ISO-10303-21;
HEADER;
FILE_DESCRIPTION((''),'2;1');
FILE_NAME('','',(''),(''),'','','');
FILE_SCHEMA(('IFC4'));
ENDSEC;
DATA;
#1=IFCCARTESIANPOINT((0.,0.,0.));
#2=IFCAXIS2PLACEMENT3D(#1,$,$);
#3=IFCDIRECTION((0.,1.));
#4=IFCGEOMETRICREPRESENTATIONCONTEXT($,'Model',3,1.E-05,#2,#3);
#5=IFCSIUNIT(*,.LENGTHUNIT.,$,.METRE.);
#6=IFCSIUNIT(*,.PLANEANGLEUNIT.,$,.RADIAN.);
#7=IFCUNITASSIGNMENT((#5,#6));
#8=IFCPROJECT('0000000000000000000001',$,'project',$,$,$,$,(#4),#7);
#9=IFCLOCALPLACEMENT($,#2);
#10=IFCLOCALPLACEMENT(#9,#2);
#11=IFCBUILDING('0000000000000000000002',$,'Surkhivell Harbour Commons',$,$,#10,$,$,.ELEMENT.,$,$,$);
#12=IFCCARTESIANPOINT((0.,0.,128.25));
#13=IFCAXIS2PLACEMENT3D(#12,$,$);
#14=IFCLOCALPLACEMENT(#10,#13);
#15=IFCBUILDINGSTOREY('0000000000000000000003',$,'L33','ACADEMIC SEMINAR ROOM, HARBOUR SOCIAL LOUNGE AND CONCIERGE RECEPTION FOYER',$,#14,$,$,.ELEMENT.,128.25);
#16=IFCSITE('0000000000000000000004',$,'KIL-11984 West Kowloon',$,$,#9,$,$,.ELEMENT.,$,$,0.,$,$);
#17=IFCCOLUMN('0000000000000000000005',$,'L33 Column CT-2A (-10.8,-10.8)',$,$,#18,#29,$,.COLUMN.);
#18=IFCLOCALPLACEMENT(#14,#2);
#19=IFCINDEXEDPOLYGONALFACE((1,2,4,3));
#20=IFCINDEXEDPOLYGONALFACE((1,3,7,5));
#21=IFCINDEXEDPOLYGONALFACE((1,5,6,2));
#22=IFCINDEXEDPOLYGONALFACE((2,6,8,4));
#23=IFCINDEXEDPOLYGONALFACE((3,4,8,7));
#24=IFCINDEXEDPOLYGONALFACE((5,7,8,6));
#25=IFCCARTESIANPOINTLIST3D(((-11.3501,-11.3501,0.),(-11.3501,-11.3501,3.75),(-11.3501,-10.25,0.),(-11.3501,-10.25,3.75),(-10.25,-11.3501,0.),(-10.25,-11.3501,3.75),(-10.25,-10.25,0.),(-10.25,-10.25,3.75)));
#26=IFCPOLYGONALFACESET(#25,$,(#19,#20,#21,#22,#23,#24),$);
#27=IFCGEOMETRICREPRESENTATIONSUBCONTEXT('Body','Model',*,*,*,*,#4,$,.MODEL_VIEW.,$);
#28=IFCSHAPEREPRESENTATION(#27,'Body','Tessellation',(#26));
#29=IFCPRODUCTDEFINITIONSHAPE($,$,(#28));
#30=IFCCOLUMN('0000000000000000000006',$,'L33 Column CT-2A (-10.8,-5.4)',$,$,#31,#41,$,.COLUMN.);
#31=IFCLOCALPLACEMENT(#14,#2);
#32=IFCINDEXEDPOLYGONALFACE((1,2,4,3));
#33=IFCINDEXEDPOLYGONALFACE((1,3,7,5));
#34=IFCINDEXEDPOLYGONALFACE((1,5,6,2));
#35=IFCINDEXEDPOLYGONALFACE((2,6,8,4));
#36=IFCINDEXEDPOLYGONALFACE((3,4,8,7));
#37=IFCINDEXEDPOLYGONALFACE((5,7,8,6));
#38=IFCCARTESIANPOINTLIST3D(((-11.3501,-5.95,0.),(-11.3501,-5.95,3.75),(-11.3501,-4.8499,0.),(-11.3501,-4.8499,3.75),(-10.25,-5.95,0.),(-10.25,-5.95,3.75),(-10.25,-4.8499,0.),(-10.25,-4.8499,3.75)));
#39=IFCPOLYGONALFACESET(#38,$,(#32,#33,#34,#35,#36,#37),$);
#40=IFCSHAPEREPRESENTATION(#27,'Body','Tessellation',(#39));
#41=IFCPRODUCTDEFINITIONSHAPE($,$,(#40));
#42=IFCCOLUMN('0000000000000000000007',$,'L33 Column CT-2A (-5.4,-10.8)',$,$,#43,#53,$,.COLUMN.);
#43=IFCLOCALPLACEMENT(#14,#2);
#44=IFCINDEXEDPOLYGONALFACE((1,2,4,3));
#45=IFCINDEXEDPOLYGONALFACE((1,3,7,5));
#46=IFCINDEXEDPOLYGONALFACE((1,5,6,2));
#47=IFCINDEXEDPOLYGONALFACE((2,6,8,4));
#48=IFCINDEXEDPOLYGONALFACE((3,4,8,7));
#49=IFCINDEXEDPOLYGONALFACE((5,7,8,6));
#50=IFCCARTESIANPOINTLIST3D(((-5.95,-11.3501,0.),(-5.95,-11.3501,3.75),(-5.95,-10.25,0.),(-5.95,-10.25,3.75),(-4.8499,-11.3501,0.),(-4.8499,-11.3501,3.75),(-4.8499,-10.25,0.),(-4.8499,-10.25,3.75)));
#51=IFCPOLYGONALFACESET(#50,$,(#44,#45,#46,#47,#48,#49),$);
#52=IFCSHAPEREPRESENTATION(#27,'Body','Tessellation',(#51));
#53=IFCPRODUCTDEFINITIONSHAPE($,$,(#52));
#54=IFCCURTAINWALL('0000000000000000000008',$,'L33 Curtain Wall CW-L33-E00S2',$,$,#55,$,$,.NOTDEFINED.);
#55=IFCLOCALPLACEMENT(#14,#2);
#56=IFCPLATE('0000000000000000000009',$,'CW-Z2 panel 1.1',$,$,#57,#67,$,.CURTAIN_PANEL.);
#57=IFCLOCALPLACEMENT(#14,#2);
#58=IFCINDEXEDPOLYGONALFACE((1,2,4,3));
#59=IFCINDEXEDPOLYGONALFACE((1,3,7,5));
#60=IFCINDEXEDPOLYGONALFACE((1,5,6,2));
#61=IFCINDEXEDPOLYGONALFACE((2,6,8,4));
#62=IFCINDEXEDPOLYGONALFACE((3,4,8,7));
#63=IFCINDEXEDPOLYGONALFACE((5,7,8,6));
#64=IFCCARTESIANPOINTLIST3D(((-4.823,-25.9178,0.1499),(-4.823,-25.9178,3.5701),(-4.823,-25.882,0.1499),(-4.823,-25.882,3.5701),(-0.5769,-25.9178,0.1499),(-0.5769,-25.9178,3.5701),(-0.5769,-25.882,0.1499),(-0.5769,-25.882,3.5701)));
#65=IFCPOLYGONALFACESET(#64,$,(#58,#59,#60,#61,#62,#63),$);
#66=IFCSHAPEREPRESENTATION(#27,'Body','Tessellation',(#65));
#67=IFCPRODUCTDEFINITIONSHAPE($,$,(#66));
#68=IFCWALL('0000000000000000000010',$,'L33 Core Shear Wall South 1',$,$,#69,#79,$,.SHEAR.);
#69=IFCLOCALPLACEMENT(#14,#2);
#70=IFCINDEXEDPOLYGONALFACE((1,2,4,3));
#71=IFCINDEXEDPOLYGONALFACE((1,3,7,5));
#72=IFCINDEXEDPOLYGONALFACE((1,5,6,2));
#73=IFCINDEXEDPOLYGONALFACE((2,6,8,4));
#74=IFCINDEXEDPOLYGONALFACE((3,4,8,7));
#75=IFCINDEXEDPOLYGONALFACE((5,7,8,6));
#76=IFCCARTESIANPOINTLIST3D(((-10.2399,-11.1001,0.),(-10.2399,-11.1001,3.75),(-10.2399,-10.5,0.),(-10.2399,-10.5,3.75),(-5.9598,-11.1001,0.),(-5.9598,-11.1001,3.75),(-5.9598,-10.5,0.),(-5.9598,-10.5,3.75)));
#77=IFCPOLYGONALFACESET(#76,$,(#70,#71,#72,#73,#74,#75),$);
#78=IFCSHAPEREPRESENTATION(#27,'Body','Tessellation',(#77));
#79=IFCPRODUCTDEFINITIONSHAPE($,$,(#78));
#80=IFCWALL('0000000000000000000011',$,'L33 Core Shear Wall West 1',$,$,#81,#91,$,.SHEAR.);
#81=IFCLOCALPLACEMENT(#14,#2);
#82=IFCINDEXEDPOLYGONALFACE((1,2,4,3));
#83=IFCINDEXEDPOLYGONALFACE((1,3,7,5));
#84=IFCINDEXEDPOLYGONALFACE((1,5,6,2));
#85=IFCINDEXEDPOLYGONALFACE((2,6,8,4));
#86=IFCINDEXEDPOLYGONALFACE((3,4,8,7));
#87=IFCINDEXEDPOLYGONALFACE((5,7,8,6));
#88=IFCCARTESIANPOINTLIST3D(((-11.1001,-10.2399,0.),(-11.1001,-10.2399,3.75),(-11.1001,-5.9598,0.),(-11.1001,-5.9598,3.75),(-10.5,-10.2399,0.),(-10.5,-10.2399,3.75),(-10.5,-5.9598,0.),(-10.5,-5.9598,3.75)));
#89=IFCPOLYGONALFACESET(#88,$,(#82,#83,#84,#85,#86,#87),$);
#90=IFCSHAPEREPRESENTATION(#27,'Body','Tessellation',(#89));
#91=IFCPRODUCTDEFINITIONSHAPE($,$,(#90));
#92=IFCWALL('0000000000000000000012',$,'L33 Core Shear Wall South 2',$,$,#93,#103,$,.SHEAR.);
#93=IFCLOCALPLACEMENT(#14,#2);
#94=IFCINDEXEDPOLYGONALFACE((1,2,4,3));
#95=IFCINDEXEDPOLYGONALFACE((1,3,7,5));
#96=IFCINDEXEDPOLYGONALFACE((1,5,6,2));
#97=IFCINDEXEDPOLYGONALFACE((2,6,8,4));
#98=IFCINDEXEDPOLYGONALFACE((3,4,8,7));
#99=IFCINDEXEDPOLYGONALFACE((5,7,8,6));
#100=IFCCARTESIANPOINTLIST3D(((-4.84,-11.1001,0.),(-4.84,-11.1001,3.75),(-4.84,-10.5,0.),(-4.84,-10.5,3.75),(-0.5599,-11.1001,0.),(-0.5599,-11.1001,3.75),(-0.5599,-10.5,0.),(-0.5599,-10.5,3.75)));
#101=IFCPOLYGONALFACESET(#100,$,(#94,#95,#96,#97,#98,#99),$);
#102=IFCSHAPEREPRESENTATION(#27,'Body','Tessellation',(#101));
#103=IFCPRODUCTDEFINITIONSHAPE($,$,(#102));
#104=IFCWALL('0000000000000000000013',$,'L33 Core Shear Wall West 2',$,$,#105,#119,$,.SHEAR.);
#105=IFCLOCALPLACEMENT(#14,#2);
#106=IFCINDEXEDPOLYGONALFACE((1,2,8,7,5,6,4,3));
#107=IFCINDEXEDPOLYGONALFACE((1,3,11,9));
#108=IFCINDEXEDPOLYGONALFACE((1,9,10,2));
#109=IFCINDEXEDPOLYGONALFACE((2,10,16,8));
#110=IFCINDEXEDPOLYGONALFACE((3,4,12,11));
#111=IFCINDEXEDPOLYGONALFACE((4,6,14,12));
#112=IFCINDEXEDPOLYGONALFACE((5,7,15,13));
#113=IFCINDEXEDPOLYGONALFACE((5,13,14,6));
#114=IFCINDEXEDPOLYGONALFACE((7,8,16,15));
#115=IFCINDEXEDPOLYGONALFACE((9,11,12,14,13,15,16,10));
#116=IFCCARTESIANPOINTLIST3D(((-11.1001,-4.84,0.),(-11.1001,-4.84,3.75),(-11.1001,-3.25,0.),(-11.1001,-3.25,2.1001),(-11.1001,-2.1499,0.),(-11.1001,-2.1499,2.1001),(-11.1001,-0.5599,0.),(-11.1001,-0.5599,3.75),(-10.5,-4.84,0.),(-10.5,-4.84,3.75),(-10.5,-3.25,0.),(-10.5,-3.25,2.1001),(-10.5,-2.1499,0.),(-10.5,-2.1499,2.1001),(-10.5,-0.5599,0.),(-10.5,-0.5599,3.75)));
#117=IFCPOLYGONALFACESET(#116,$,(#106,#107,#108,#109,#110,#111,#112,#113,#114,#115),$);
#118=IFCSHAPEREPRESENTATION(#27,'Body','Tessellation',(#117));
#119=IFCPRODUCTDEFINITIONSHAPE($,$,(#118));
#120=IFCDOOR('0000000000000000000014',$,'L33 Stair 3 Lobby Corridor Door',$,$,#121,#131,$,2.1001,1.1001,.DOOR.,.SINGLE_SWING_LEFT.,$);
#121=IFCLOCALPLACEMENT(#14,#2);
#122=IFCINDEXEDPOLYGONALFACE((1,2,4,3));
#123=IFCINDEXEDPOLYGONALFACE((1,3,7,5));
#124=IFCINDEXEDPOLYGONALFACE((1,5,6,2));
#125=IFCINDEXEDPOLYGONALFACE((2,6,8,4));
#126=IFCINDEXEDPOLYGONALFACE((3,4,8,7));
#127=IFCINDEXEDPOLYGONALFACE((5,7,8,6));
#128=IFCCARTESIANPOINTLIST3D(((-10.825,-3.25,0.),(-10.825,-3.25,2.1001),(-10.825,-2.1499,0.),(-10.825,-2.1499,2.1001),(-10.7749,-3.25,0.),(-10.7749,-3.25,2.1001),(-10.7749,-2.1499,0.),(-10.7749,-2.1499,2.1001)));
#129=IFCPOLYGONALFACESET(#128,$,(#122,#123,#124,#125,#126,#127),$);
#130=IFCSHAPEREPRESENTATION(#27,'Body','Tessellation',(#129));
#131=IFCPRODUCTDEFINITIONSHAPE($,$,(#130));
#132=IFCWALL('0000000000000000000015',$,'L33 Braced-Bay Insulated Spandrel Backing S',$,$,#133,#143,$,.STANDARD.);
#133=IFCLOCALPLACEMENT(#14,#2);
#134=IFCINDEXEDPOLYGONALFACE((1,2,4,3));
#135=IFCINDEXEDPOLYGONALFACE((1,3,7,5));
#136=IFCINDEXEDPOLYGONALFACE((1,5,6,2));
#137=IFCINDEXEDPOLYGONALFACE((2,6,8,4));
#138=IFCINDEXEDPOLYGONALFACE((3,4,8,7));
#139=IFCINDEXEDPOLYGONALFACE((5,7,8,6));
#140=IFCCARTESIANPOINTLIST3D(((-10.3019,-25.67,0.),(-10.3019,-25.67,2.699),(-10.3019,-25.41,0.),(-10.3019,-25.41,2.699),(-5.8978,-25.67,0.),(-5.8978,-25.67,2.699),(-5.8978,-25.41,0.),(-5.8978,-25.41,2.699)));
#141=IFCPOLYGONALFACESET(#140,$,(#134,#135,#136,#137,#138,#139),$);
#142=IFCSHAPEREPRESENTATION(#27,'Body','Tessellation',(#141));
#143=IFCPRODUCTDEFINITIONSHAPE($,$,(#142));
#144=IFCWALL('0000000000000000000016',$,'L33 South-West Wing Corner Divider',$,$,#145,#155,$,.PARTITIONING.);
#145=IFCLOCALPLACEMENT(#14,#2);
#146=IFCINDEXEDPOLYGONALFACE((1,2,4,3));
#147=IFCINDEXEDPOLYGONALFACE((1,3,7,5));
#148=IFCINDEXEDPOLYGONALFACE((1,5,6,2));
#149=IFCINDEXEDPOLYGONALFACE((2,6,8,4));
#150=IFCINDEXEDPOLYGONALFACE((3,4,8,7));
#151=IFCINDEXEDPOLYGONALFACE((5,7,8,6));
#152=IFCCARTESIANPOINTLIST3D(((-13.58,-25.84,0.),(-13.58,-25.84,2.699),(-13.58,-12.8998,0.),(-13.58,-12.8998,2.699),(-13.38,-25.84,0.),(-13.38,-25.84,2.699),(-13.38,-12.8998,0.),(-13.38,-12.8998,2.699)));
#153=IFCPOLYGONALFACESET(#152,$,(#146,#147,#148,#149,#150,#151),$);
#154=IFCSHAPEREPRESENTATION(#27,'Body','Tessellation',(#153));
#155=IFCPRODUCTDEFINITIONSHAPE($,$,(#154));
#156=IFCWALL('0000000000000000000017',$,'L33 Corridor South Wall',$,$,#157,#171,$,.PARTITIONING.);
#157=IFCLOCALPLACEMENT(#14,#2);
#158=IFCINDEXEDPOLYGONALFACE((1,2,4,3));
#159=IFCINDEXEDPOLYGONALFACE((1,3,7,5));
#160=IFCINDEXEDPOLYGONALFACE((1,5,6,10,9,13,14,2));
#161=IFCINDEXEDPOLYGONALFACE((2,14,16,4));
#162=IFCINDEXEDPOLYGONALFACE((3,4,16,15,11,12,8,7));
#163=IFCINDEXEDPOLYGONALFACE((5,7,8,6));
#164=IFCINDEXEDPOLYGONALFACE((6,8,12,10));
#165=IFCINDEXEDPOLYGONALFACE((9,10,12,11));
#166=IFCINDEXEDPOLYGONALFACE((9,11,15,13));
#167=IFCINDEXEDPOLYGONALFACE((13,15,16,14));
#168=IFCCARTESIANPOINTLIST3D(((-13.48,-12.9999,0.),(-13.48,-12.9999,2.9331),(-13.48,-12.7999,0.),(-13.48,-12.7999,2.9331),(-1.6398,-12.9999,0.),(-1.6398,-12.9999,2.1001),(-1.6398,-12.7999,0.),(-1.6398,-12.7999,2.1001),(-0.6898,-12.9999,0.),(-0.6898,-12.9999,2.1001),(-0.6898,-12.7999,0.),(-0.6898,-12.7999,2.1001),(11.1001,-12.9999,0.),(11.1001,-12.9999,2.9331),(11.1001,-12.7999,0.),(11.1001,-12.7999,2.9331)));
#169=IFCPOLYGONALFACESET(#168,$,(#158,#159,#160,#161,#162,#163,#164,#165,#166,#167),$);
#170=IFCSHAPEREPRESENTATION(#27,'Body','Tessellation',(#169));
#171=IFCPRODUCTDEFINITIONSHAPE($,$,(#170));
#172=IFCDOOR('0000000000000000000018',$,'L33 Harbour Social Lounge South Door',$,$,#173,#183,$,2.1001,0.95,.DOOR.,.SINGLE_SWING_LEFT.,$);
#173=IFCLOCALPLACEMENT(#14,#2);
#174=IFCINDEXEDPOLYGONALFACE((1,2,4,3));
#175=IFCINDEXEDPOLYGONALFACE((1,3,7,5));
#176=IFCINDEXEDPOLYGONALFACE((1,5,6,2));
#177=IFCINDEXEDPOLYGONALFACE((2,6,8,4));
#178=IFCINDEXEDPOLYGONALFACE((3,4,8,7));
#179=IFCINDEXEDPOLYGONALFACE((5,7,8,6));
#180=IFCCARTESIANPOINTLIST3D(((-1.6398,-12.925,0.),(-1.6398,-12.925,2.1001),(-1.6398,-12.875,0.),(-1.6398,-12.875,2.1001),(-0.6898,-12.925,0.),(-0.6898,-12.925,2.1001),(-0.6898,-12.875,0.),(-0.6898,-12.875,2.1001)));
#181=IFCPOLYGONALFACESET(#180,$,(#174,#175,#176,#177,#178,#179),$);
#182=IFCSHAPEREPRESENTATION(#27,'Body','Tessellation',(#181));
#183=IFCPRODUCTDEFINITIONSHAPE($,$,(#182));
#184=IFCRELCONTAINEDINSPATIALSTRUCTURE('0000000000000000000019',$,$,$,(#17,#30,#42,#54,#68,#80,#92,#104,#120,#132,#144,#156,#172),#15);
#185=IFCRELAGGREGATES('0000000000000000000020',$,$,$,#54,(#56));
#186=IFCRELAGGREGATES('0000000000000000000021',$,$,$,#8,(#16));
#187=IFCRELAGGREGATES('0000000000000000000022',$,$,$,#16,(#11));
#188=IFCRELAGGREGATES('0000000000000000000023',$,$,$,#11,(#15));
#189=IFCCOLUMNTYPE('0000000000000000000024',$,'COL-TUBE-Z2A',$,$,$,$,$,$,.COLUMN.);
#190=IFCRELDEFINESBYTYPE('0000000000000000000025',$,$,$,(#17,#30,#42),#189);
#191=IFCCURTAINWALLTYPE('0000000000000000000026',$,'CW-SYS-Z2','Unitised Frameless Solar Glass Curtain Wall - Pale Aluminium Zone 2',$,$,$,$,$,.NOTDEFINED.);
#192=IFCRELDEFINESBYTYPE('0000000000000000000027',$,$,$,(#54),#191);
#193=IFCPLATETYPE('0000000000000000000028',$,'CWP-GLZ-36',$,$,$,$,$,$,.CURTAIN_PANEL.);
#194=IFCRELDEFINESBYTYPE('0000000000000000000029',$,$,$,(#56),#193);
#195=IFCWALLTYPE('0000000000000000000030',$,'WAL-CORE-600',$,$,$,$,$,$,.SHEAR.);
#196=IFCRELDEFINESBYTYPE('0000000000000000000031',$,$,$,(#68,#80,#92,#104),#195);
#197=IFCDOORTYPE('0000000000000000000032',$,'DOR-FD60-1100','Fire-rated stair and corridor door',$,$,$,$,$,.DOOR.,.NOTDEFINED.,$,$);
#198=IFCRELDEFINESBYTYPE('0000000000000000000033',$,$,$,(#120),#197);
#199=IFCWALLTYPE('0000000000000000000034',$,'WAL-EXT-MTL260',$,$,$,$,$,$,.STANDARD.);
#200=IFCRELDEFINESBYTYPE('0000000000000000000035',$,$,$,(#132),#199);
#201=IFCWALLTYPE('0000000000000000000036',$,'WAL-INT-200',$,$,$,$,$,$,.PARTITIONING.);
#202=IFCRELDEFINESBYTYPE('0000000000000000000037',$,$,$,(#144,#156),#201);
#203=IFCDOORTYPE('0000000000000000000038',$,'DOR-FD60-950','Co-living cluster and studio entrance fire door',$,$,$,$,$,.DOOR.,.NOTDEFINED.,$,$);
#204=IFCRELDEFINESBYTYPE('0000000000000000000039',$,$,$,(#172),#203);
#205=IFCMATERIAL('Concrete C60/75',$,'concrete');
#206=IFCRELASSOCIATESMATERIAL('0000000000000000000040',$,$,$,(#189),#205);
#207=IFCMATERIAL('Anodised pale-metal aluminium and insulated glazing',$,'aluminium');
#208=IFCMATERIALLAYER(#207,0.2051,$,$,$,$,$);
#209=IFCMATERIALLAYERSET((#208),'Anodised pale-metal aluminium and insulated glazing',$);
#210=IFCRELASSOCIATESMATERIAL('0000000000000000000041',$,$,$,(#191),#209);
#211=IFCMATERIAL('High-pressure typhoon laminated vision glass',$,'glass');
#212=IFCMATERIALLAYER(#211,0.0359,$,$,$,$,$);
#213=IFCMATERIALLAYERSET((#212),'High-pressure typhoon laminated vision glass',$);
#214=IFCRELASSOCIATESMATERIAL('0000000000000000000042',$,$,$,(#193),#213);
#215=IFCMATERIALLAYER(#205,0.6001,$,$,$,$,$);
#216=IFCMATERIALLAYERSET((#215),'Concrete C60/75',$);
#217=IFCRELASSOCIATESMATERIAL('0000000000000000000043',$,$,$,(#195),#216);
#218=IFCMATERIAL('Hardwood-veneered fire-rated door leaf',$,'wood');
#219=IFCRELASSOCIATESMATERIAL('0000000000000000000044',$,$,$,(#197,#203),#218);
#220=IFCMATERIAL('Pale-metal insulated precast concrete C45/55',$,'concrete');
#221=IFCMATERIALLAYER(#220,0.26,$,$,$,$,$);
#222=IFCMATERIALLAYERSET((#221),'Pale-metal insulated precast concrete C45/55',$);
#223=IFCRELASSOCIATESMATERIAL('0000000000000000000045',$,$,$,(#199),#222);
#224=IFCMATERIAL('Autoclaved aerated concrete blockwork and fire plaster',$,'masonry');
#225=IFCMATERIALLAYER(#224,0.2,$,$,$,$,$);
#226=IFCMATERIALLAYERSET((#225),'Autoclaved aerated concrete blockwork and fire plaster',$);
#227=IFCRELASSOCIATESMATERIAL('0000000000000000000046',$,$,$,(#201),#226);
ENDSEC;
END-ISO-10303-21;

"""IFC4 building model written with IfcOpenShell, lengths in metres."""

from ifc_helpers import new_model, si_unit, direction, frame, frame_2d, origin, origin_2d, place, context, subcontext, project, spatial, rectangle, extrude, material, layer, layer_set, material_profile, profile_set, type_object, element, fill, aggregate, save


model = new_model("IFC4")

# Units and contexts
model_context = context("Model", 3, precision=1e-05, world=origin(), true_north=direction((0.0, 1.0)))
body_context = subcontext(model_context, "Body", "Model", "MODEL_VIEW")
ifc_project = project(units=[si_unit("LENGTHUNIT", "METRE"), si_unit("PLANEANGLEUNIT", "RADIAN")], contexts=[model_context])

# Site, building, storey
site_placement = place(None, origin())
site = spatial("IfcSite", under=ifc_project, at=site_placement, Name="KIL-11984 West Kowloon", CompositionType="ELEMENT", RefElevation=0.0)
building_placement = place(site_placement, origin())
building = spatial("IfcBuilding", under=site, at=building_placement, Name="Surkhivell Harbour Commons", CompositionType="ELEMENT")
storey_placement = place(building_placement, frame((0.0, 0.0, 128.25)))
storey = spatial("IfcBuildingStorey", under=building, at=storey_placement, Name="L33", Description="ACADEMIC SEMINAR ROOM, HARBOUR SOCIAL LOUNGE AND CONCIERGE RECEPTION FOYER", CompositionType="ELEMENT", Elevation=128.25)

# Columns
ifc_material_1 = material(Name="Concrete C60/75", Category="concrete")
ifc_material_profile = material_profile(ifc_material_1, rectangle(XDim=1.1001, YDim=1.1001, at=origin_2d()), Name="RC-COL-1100x1100")
ifc_profile_set = profile_set([ifc_material_profile], Name="Concrete C60/75")
column_type = type_object("IfcColumnType", Name="COL-TUBE-Z2A", PredefinedType="COLUMN", material=ifc_profile_set)
for number, where, z_axis, x_axis, name in (
    (1, (-10.8, -10.8, 0.0), (0.0, 0.0, 1.0), (1.0, 0.0, 0.0), "L33 Column CT-2A (-10.8,-10.8)"),
    (2, (-10.8, -5.3999, 0.0), (0.0, 0.0, 1.0), (1.0, 0.0, 0.0), "L33 Column CT-2A (-10.8,-5.4)"),
    (3, (-5.3999, -10.8, 0.0), (0.0, 0.0, 1.0), (1.0, 0.0, 0.0), "L33 Column CT-2A (-5.4,-10.8)"),
):
    element("IfcColumn", number, at=place(storey_placement, frame(where, z_axis=z_axis, x_axis=x_axis)), inside=storey, type_object=column_type, Name=name, PredefinedType="COLUMN", context=body_context, shape_type="SweptSolid", body=[
        extrude(rectangle(XDim=1.1001, YDim=1.1001, at=origin_2d()), origin(), (0.0, 0.0, 1.0), 3.75),
    ])

# Curtain wall, plate
ifc_material_2 = material(Name="Anodised pale-metal aluminium and insulated glazing", Category="aluminium")
ifc_layer_1 = layer(ifc_material_2, 0.2051)
ifc_layer_set_1 = layer_set([ifc_layer_1], Name="Anodised pale-metal aluminium and insulated glazing")
curtain_wall_type = type_object("IfcCurtainWallType", Name="CW-SYS-Z2", Description="Unitised Frameless Solar Glass Curtain Wall - Pale Aluminium Zone 2", PredefinedType="NOTDEFINED", material=ifc_layer_set_1)
curtain_wall_placement = place(storey_placement, origin())
curtain_wall = element("IfcCurtainWall", 4, at=curtain_wall_placement, inside=storey, type_object=curtain_wall_type, Name="L33 Curtain Wall CW-L33-E00S2", PredefinedType="NOTDEFINED")
ifc_material_3 = material(Name="High-pressure typhoon laminated vision glass", Category="glass")
ifc_layer_2 = layer(ifc_material_3, 0.0359)
ifc_layer_set_2 = layer_set([ifc_layer_2], Name="High-pressure typhoon laminated vision glass")
plate_type = type_object("IfcPlateType", Name="CWP-GLZ-36", PredefinedType="CURTAIN_PANEL", material=ifc_layer_set_2)
plate_placement = place(storey_placement, frame((-4.823, -25.8999, 0.1499), z_axis=(0.0, 0.0, 1.0), x_axis=(1.0, 0.0, 0.0)))
plate = element("IfcPlate", 5, at=plate_placement, type_object=plate_type, Name="CW-Z2 panel 1.1", PredefinedType="CURTAIN_PANEL", context=body_context, shape_type="SweptSolid", body=[
    extrude(rectangle(XDim=4.2461, YDim=0.0359, at=frame_2d((2.123, 0.0))), origin(), (0.0, 0.0, 1.0), 3.4202),
])
aggregate(curtain_wall, [plate])

# Walls
ifc_layer_3 = layer(ifc_material_1, 0.6001)
ifc_layer_set_3 = layer_set([ifc_layer_3], Name="Concrete C60/75")
wall_type_1 = type_object("IfcWallType", Name="WAL-CORE-600", PredefinedType="SHEAR", material=ifc_layer_set_3)
for number, where, z_axis, x_axis, name in (
    (6, (-10.24, -10.8, 0.0), (0.0, 0.0, 1.0), (1.0, 0.0, 0.0), "L33 Core Shear Wall South 1"),
    (7, (-10.8, -10.24, 0.0), (0.0, 0.0, 1.0), (0.0, 1.0, 0.0), "L33 Core Shear Wall West 1"),
    (8, (-4.8401, -10.8, 0.0), (0.0, 0.0, 1.0), (1.0, 0.0, 0.0), "L33 Core Shear Wall South 2"),
):
    element("IfcWall", number, at=place(storey_placement, frame(where, z_axis=z_axis, x_axis=x_axis)), inside=storey, type_object=wall_type_1, Name=name, PredefinedType="SHEAR", context=body_context, shape_type="SweptSolid", body=[
        extrude(rectangle(XDim=4.28, YDim=0.6001, at=frame_2d((2.1401, 0.0))), origin(), (0.0, 0.0, 1.0), 3.75),
    ])

# Wall, opening, door
wall_1_placement = place(storey_placement, frame((-10.8, -4.8401, 0.0), z_axis=(0.0, 0.0, 1.0), x_axis=(0.0, 1.0, 0.0)))
wall_1 = element("IfcWall", 9, at=wall_1_placement, inside=storey, type_object=wall_type_1, Name="L33 Core Shear Wall West 2", PredefinedType="SHEAR", context=body_context, shape_type="SweptSolid", body=[
    extrude(rectangle(XDim=4.28, YDim=0.6001, at=frame_2d((2.1401, 0.0))), origin(), (0.0, 0.0, 1.0), 3.75),
])
opening_1_placement = place(wall_1_placement, frame((1.5901, 0.0, 0.0)))
opening_1 = element("IfcOpeningElement", 10, at=opening_1_placement, cuts=wall_1, PredefinedType="OPENING", context=body_context, shape_type="SweptSolid", body=[
    extrude(rectangle(XDim=1.1001, YDim=2.1001, at=frame_2d((0.55, 1.05))), frame((0.0, 0.3101, 0.0), z_axis=(0.0, -1.0, 0.0), x_axis=(1.0, 0.0, 0.0)), (0.0, 0.0, 1.0), 0.6201),
])
ifc_material_4 = material(Name="Hardwood-veneered fire-rated door leaf", Category="wood")
door_type_1 = type_object("IfcDoorType", Name="DOR-FD60-1100", Description="Fire-rated stair and corridor door", OperationType="NOTDEFINED", PredefinedType="DOOR", material=ifc_material_4)
door_1_placement = place(opening_1_placement, origin())
door_1 = element("IfcDoor", 11, at=door_1_placement, inside=storey, type_object=door_type_1, Name="L33 Stair 3 Lobby Corridor Door", OperationType="SINGLE_SWING_LEFT", OverallHeight=2.1001, OverallWidth=1.1001, PredefinedType="DOOR", context=body_context, shape_type="SweptSolid", body=[
    extrude(rectangle(XDim=1.1001, YDim=2.1001, at=frame_2d((0.55, 1.05))), frame((0.0, 0.0249, 0.0), z_axis=(0.0, -1.0, 0.0), x_axis=(1.0, 0.0, 0.0)), (0.0, 0.0, 1.0), 0.05),
])
fill(opening_1, door_1)

# Walls
ifc_material_5 = material(Name="Pale-metal insulated precast concrete C45/55", Category="concrete")
ifc_layer_4 = layer(ifc_material_5, 0.26)
ifc_layer_set_4 = layer_set([ifc_layer_4], Name="Pale-metal insulated precast concrete C45/55")
wall_type_2 = type_object("IfcWallType", Name="WAL-EXT-MTL260", PredefinedType="STANDARD", material=ifc_layer_set_4)
wall_2_placement = place(storey_placement, frame((-10.302, -25.54, 0.0), z_axis=(0.0, 0.0, 1.0), x_axis=(1.0, 0.0, 0.0)))
element("IfcWall", 12, at=wall_2_placement, inside=storey, type_object=wall_type_2, Name="L33 Braced-Bay Insulated Spandrel Backing S", PredefinedType="STANDARD", context=body_context, shape_type="SweptSolid", body=[
    extrude(rectangle(XDim=4.4041, YDim=0.26, at=frame_2d((2.2021, 0.0))), origin(), (0.0, 0.0, 1.0), 2.699),
])
ifc_material_6 = material(Name="Autoclaved aerated concrete blockwork and fire plaster", Category="masonry")
ifc_layer_5 = layer(ifc_material_6, 0.2)
ifc_layer_set_5 = layer_set([ifc_layer_5], Name="Autoclaved aerated concrete blockwork and fire plaster")
wall_type_3 = type_object("IfcWallType", Name="WAL-INT-200", PredefinedType="PARTITIONING", material=ifc_layer_set_5)
wall_3_placement = place(storey_placement, frame((-13.48, -25.8401, 0.0), z_axis=(0.0, 0.0, 1.0), x_axis=(0.0, 1.0, 0.0)))
element("IfcWall", 13, at=wall_3_placement, inside=storey, type_object=wall_type_3, Name="L33 South-West Wing Corner Divider", PredefinedType="PARTITIONING", context=body_context, shape_type="SweptSolid", body=[
    extrude(rectangle(XDim=12.9402, YDim=0.2, at=frame_2d((6.4702, 0.0))), origin(), (0.0, 0.0, 1.0), 2.699),
])

# Wall, opening, door
wall_4_placement = place(storey_placement, frame((-13.48, -12.8999, 0.0), z_axis=(0.0, 0.0, 1.0), x_axis=(1.0, 0.0, 0.0)))
wall_4 = element("IfcWall", 14, at=wall_4_placement, inside=storey, type_object=wall_type_3, Name="L33 Corridor South Wall", PredefinedType="PARTITIONING", context=body_context, shape_type="SweptSolid", body=[
    extrude(rectangle(XDim=24.5801, YDim=0.2, at=frame_2d((12.29, 0.0))), origin(), (0.0, 0.0, 1.0), 2.9331),
])
opening_2_placement = place(wall_4_placement, frame((11.8401, 0.0, 0.0)))
opening_2 = element("IfcOpeningElement", 15, at=opening_2_placement, cuts=wall_4, PredefinedType="OPENING", context=body_context, shape_type="SweptSolid", body=[
    extrude(rectangle(XDim=0.95, YDim=2.1001, at=frame_2d((0.4751, 1.05))), frame((0.0, 0.1099, 0.0), z_axis=(0.0, -1.0, 0.0), x_axis=(1.0, 0.0, 0.0)), (0.0, 0.0, 1.0), 0.22),
])
door_type_2 = type_object("IfcDoorType", Name="DOR-FD60-950", Description="Co-living cluster and studio entrance fire door", OperationType="NOTDEFINED", PredefinedType="DOOR", material=ifc_material_4)
door_2_placement = place(opening_2_placement, origin())
door_2 = element("IfcDoor", 16, at=door_2_placement, inside=storey, type_object=door_type_2, Name="L33 Harbour Social Lounge South Door", OperationType="SINGLE_SWING_LEFT", OverallHeight=2.1001, OverallWidth=0.95, PredefinedType="DOOR", context=body_context, shape_type="SweptSolid", body=[
    extrude(rectangle(XDim=0.95, YDim=2.1001, at=frame_2d((0.4751, 1.05))), frame((0.0, 0.0249, 0.0), z_axis=(0.0, -1.0, 0.0), x_axis=(1.0, 0.0, 0.0)), (0.0, 0.0, 1.0), 0.05),
])
fill(opening_2, door_2)

save(model, "model.ifc")
